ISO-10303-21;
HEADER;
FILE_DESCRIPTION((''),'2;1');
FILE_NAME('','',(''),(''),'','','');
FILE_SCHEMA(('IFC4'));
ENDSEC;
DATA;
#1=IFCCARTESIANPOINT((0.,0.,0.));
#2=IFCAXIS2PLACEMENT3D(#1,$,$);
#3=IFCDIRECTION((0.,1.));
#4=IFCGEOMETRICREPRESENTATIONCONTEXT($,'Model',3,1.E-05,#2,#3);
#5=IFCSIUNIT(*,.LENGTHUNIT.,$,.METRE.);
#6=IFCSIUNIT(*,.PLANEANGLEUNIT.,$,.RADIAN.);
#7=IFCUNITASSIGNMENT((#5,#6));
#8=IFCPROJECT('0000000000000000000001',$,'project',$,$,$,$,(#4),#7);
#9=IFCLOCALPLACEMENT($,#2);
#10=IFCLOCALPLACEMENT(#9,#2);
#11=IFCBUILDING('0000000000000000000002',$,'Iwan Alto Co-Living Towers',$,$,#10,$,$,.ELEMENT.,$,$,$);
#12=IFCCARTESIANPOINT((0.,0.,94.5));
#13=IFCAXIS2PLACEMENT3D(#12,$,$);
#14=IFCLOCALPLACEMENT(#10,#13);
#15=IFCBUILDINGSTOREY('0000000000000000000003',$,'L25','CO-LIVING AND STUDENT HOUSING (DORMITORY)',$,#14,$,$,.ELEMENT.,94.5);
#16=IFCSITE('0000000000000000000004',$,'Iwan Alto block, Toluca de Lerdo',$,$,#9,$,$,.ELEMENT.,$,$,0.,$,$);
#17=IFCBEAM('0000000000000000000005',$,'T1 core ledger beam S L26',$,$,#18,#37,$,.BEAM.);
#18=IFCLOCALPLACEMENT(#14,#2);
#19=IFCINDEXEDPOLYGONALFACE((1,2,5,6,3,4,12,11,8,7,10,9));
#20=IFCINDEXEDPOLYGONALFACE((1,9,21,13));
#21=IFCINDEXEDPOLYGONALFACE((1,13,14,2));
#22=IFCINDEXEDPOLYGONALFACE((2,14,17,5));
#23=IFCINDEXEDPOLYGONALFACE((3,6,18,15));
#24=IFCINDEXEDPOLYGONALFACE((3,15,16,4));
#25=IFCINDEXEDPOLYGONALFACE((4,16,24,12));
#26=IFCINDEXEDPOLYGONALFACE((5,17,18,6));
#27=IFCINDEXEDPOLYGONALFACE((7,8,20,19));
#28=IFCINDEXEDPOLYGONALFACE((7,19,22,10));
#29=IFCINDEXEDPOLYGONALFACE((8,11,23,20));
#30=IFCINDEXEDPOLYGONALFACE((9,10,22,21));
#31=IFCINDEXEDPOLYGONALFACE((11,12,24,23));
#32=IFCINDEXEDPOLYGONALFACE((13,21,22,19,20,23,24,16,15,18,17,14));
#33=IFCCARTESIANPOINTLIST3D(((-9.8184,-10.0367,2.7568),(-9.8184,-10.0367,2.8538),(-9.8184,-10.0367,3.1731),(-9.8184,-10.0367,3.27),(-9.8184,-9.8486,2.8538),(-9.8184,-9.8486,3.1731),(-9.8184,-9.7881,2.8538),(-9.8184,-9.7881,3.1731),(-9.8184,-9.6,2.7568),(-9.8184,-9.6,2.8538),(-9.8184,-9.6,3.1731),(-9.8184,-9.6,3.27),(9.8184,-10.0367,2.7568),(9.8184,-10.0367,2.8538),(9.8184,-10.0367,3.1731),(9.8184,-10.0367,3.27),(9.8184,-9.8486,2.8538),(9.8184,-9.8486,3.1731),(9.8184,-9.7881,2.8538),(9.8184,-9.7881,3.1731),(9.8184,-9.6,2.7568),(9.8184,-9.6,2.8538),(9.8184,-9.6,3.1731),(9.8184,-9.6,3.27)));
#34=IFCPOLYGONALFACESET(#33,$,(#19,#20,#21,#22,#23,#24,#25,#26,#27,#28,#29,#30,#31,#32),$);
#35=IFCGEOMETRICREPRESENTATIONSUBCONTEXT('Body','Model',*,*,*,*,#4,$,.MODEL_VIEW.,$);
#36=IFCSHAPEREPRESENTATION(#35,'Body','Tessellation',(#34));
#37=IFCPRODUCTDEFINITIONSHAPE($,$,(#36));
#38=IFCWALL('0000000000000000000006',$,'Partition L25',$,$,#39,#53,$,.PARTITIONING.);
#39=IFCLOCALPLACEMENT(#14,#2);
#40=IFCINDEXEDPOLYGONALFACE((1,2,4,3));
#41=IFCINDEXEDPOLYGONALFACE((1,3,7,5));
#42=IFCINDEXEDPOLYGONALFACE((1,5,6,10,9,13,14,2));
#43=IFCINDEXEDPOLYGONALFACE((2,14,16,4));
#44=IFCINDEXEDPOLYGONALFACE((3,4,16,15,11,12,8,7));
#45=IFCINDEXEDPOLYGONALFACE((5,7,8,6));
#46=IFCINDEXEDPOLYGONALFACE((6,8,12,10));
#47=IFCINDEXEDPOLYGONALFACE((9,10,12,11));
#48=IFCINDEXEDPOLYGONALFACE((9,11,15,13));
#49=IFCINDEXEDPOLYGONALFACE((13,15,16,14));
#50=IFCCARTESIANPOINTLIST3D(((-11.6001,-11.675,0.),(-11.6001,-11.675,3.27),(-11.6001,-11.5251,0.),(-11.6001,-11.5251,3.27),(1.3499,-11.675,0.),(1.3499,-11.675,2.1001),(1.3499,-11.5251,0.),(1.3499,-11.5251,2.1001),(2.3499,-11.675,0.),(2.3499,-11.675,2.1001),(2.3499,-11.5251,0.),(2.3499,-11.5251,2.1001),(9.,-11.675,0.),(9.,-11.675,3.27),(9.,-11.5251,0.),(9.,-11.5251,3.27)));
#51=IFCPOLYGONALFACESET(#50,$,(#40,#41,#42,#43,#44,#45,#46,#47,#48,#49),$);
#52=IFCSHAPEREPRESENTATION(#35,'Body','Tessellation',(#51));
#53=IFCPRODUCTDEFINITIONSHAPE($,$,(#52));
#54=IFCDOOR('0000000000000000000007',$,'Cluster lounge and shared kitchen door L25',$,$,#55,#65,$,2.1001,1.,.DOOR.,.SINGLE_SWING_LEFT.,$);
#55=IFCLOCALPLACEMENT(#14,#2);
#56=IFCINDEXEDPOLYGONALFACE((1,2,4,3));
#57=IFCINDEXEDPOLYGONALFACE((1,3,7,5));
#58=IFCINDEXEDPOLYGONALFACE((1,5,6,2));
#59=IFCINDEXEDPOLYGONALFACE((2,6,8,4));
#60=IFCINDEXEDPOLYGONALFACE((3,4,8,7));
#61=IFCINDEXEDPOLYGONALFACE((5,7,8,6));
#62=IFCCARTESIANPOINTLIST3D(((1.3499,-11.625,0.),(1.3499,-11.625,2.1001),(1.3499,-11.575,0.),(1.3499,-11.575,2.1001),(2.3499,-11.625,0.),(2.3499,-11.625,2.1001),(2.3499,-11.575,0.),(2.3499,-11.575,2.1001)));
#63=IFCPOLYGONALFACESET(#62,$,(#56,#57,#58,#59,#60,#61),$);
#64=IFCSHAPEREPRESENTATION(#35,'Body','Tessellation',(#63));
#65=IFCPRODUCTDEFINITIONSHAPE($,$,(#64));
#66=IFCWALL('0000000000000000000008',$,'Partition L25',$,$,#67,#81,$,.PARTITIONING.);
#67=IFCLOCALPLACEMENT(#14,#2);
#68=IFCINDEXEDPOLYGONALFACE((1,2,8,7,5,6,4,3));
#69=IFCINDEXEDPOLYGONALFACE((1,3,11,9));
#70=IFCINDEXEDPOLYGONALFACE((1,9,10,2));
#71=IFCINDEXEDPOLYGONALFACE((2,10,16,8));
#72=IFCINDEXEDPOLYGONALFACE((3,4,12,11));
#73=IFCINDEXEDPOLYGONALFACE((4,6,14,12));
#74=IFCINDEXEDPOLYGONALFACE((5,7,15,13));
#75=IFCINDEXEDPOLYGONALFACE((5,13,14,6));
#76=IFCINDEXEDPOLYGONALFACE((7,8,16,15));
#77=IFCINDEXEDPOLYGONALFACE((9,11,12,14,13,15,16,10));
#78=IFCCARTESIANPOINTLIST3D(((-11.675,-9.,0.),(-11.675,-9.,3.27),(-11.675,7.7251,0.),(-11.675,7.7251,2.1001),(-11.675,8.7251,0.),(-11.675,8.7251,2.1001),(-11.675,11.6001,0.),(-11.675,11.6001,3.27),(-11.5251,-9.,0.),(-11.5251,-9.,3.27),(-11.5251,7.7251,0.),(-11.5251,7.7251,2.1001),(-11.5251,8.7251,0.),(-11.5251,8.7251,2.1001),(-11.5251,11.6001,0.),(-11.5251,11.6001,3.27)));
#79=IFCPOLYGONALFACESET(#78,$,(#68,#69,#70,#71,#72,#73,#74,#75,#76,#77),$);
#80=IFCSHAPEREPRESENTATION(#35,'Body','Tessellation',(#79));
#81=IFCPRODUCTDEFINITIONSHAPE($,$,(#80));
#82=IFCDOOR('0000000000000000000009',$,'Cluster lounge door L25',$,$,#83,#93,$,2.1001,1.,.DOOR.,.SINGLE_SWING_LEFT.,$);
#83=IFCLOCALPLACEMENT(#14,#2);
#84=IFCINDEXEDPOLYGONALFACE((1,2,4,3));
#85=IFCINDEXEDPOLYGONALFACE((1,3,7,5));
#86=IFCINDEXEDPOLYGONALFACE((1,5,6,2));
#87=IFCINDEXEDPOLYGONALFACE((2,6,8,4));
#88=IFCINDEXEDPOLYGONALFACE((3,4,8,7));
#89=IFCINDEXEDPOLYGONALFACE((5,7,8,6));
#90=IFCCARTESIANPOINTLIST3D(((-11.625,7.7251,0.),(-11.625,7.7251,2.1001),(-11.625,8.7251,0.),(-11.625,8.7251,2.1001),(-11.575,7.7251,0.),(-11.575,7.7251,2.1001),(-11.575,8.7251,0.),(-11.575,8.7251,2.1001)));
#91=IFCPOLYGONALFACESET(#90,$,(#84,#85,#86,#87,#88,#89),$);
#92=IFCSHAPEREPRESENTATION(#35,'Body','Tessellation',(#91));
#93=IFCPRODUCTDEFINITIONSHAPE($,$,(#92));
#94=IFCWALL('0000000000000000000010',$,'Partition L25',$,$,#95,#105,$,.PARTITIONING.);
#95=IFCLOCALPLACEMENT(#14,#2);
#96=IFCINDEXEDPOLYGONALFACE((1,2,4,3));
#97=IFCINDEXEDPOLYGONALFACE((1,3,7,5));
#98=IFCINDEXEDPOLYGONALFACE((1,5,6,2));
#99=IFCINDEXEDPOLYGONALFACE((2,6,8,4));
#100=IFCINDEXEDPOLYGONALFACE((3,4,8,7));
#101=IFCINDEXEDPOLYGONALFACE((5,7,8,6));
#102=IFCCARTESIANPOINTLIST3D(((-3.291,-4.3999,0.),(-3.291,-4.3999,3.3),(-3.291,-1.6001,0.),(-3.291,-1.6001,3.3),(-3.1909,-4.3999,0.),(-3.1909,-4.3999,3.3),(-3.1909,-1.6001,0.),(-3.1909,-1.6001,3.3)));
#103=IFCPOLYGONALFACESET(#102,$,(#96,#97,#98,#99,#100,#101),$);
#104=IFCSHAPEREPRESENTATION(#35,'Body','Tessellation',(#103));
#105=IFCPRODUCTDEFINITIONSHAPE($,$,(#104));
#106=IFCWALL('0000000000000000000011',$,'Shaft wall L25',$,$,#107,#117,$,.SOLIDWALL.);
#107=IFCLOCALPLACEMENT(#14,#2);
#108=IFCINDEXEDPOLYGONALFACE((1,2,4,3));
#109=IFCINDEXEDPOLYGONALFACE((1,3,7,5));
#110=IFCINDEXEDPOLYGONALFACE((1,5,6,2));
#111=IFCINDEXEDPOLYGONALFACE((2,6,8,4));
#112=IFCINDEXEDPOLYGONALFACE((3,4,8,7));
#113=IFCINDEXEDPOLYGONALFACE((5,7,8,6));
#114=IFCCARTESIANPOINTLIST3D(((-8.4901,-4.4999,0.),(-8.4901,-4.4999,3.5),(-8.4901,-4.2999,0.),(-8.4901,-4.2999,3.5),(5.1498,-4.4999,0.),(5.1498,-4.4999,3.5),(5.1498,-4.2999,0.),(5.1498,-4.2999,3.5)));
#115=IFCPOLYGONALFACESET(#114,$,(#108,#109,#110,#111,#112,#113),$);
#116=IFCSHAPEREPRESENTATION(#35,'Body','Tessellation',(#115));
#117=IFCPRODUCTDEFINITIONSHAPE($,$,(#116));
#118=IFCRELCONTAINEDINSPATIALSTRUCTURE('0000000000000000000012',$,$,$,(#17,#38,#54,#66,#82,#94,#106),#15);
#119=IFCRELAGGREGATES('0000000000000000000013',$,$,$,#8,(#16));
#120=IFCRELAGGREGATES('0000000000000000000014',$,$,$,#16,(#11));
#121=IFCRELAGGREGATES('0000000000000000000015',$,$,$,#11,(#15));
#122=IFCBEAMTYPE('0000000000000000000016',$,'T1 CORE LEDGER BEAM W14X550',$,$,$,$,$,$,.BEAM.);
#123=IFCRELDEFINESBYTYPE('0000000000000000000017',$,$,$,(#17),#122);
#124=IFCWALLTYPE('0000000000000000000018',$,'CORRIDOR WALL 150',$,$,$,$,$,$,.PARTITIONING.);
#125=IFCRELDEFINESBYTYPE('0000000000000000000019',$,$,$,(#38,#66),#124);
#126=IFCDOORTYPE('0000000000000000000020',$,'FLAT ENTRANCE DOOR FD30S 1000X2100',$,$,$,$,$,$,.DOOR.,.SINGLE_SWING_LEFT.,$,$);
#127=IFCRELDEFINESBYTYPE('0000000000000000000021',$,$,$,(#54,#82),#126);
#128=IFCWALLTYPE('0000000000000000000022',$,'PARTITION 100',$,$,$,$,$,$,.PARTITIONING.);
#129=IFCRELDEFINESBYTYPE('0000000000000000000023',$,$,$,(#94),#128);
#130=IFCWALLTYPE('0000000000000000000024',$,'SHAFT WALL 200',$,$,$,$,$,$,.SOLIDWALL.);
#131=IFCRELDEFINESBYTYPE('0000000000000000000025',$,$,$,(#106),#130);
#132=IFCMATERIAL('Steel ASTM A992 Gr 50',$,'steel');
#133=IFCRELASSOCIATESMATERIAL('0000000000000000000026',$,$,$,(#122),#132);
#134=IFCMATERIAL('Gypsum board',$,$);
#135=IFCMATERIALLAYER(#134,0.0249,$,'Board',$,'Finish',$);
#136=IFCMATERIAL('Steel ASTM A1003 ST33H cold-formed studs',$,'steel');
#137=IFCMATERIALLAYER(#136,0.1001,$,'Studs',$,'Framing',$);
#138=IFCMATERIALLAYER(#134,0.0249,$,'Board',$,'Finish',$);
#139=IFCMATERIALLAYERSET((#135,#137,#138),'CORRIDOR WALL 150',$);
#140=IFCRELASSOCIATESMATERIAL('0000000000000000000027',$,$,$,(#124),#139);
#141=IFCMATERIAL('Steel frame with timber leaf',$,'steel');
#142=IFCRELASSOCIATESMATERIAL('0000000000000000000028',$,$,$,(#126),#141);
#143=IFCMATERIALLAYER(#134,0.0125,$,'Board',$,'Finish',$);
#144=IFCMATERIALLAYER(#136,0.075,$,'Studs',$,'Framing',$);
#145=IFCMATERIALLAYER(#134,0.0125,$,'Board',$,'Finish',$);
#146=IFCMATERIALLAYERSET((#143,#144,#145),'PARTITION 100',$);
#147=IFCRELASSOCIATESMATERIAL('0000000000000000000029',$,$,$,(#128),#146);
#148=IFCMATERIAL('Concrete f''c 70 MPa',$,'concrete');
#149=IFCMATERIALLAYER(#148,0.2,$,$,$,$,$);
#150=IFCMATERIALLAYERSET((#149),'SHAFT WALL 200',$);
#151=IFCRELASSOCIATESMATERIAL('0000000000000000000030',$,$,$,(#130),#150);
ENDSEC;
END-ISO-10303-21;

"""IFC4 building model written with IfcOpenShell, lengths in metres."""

from ifc_helpers import new_model, si_unit, direction, frame, frame_2d, origin, origin_2d, place, context, subcontext, project, spatial, rectangle, i_section, extrude, material, layer, layer_set, material_profile, profile_set, type_object, element, fill, save


model = new_model("IFC4")

# Units and contexts
model_context = context("Model", 3, precision=1e-05, world=origin(), true_north=direction((0.0, 1.0)))
body_context = subcontext(model_context, "Body", "Model", "MODEL_VIEW")
ifc_project = project(units=[si_unit("LENGTHUNIT", "METRE"), si_unit("PLANEANGLEUNIT", "RADIAN")], contexts=[model_context])

# Site, building, storey
site_placement = place(None, origin())
site = spatial("IfcSite", under=ifc_project, at=site_placement, Name="Iwan Alto block, Toluca de Lerdo", CompositionType="ELEMENT", RefElevation=0.0)
building_placement = place(site_placement, origin())
building = spatial("IfcBuilding", under=site, at=building_placement, Name="Iwan Alto Co-Living Towers", CompositionType="ELEMENT")
storey_placement = place(building_placement, frame((0.0, 0.0, 94.5)))
storey = spatial("IfcBuildingStorey", under=building, at=storey_placement, Name="L25", Description="CO-LIVING AND STUDENT HOUSING (DORMITORY)", CompositionType="ELEMENT", Elevation=94.5)

# Beam
ifc_material_1 = material(Name="Steel ASTM A992 Gr 50", Category="steel")
ifc_material_profile = material_profile(ifc_material_1, i_section(OverallWidth=0.4368, OverallDepth=0.5132, WebThickness=0.0605, FlangeThickness=0.0969, at=origin_2d()), Name="W14X550")
ifc_profile_set = profile_set([ifc_material_profile], Name="Steel ASTM A992 Gr 50")
beam_type = type_object("IfcBeamType", Name="T1 CORE LEDGER BEAM W14X550", PredefinedType="BEAM", material=ifc_profile_set)
beam_placement = place(storey_placement, frame((-9.8184, -9.8184, 3.0134), z_axis=(1.0, 0.0, 0.0), x_axis=(0.0, 1.0, 0.0)))
element("IfcBeam", 1, at=beam_placement, inside=storey, type_object=beam_type, Name="T1 core ledger beam S L26", PredefinedType="BEAM", context=body_context, shape_type="SweptSolid", body=[
    extrude(i_section(OverallWidth=0.4368, OverallDepth=0.5132, WebThickness=0.0605, FlangeThickness=0.0969, at=origin_2d()), origin(), (0.0, 0.0, 1.0), 19.6367),
])

# Walls, openings, doors
ifc_material_2 = material(Name="Gypsum board")
ifc_layer_1 = layer(ifc_material_2, 0.0249, Name="Board", Category="Finish")
ifc_material_3 = material(Name="Steel ASTM A1003 ST33H cold-formed studs", Category="steel")
ifc_layer_2 = layer(ifc_material_3, 0.1001, Name="Studs", Category="Framing")
ifc_layer_3 = layer(ifc_material_2, 0.0249, Name="Board", Category="Finish")
ifc_layer_set_1 = layer_set([ifc_layer_1, ifc_layer_2, ifc_layer_3], Name="CORRIDOR WALL 150")
wall_type_1 = type_object("IfcWallType", Name="CORRIDOR WALL 150", PredefinedType="PARTITIONING", material=ifc_layer_set_1)
wall_1_placement = place(storey_placement, frame((-11.6001, -11.6001, 0.0), z_axis=(0.0, 0.0, 1.0), x_axis=(1.0, 0.0, 0.0)))
wall_1 = element("IfcWall", 2, at=wall_1_placement, inside=storey, type_object=wall_type_1, Name="Partition L25", PredefinedType="PARTITIONING", context=body_context, shape_type="SweptSolid", body=[
    extrude(rectangle(XDim=20.6001, YDim=0.1499, at=frame_2d((10.3, 0.0))), origin(), (0.0, 0.0, 1.0), 3.27),
])
opening_1_placement = place(wall_1_placement, frame((12.95, 0.0, 0.0)))
opening_1 = element("IfcOpeningElement", 3, at=opening_1_placement, cuts=wall_1, PredefinedType="OPENING", context=body_context, shape_type="SweptSolid", body=[
    extrude(rectangle(XDim=1.0, YDim=2.1001, at=frame_2d((0.5, 1.05))), frame((0.0, 0.085, 0.0), z_axis=(0.0, -1.0, 0.0), x_axis=(1.0, 0.0, 0.0)), (0.0, 0.0, 1.0), 0.1699),
])
ifc_material_4 = material(Name="Steel frame with timber leaf", Category="steel")
door_type_1 = type_object("IfcDoorType", Name="FLAT ENTRANCE DOOR FD30S 1000X2100", OperationType="SINGLE_SWING_LEFT", PredefinedType="DOOR", material=ifc_material_4)
door_1_placement = place(opening_1_placement, frame((1.0, 0.0, 0.0), z_axis=(0.0, 0.0, 1.0), x_axis=(-1.0, 0.0, 0.0)))
door_1 = element("IfcDoor", 4, at=door_1_placement, inside=storey, type_object=door_type_1, Name="Cluster lounge and shared kitchen door L25", OperationType="SINGLE_SWING_LEFT", OverallHeight=2.1001, OverallWidth=1.0, PredefinedType="DOOR", context=body_context, shape_type="SweptSolid", body=[
    extrude(rectangle(XDim=1.0, YDim=2.1001, at=frame_2d((0.5, 1.05))), frame((0.0, 0.0249, 0.0), z_axis=(0.0, -1.0, 0.0), x_axis=(1.0, 0.0, 0.0)), (0.0, 0.0, 1.0), 0.05),
])
fill(opening_1, door_1)
wall_2_placement = place(storey_placement, frame((-11.6001, -9.0, 0.0), z_axis=(0.0, 0.0, 1.0), x_axis=(0.0, 1.0, 0.0)))
wall_2 = element("IfcWall", 5, at=wall_2_placement, inside=storey, type_object=wall_type_1, Name="Partition L25", PredefinedType="PARTITIONING", context=body_context, shape_type="SweptSolid", body=[
    extrude(rectangle(XDim=20.6001, YDim=0.1499, at=frame_2d((10.3, 0.0))), origin(), (0.0, 0.0, 1.0), 3.27),
])
opening_2_placement = place(wall_2_placement, frame((16.7251, 0.0, 0.0)))
opening_2 = element("IfcOpeningElement", 6, at=opening_2_placement, cuts=wall_2, PredefinedType="OPENING", context=body_context, shape_type="SweptSolid", body=[
    extrude(rectangle(XDim=1.0, YDim=2.1001, at=frame_2d((0.5, 1.05))), frame((0.0, 0.085, 0.0), z_axis=(0.0, -1.0, 0.0), x_axis=(1.0, 0.0, 0.0)), (0.0, 0.0, 1.0), 0.1699),
])
door_2_placement = place(opening_2_placement, origin())
door_2 = element("IfcDoor", 7, at=door_2_placement, inside=storey, type_object=door_type_1, Name="Cluster lounge door L25", OperationType="SINGLE_SWING_LEFT", OverallHeight=2.1001, OverallWidth=1.0, PredefinedType="DOOR", context=body_context, shape_type="SweptSolid", body=[
    extrude(rectangle(XDim=1.0, YDim=2.1001, at=frame_2d((0.5, 1.05))), frame((0.0, 0.0249, 0.0), z_axis=(0.0, -1.0, 0.0), x_axis=(1.0, 0.0, 0.0)), (0.0, 0.0, 1.0), 0.05),
])
fill(opening_2, door_2)

# Walls
ifc_layer_4 = layer(ifc_material_2, 0.0125, Name="Board", Category="Finish")
ifc_layer_5 = layer(ifc_material_3, 0.075, Name="Studs", Category="Framing")
ifc_layer_6 = layer(ifc_material_2, 0.0125, Name="Board", Category="Finish")
ifc_layer_set_2 = layer_set([ifc_layer_4, ifc_layer_5, ifc_layer_6], Name="PARTITION 100")
wall_type_2 = type_object("IfcWallType", Name="PARTITION 100", PredefinedType="PARTITIONING", material=ifc_layer_set_2)
wall_3_placement = place(storey_placement, frame((-3.241, -4.3999, 0.0), z_axis=(0.0, 0.0, 1.0), x_axis=(0.0, 1.0, 0.0)))
element("IfcWall", 8, at=wall_3_placement, inside=storey, type_object=wall_type_2, Name="Partition L25", PredefinedType="PARTITIONING", context=body_context, shape_type="SweptSolid", body=[
    extrude(rectangle(XDim=2.7998, YDim=0.1001, at=frame_2d((1.3999, 0.0))), origin(), (0.0, 0.0, 1.0), 3.3),
])
ifc_material_5 = material(Name="Concrete f'c 70 MPa", Category="concrete")
ifc_layer_7 = layer(ifc_material_5, 0.2)
ifc_layer_set_3 = layer_set([ifc_layer_7], Name="SHAFT WALL 200")
wall_type_3 = type_object("IfcWallType", Name="SHAFT WALL 200", PredefinedType="SOLIDWALL", material=ifc_layer_set_3)
wall_4_placement = place(storey_placement, frame((-8.49, -4.3999, 0.0), z_axis=(0.0, 0.0, 1.0), x_axis=(1.0, 0.0, 0.0)))
element("IfcWall", 9, at=wall_4_placement, inside=storey, type_object=wall_type_3, Name="Shaft wall L25", PredefinedType="SOLIDWALL", context=body_context, shape_type="SweptSolid", body=[
    extrude(rectangle(XDim=13.6399, YDim=0.2, at=frame_2d((6.8198, 0.0))), origin(), (0.0, 0.0, 1.0), 3.5),
])

save(model, "model.ifc")
